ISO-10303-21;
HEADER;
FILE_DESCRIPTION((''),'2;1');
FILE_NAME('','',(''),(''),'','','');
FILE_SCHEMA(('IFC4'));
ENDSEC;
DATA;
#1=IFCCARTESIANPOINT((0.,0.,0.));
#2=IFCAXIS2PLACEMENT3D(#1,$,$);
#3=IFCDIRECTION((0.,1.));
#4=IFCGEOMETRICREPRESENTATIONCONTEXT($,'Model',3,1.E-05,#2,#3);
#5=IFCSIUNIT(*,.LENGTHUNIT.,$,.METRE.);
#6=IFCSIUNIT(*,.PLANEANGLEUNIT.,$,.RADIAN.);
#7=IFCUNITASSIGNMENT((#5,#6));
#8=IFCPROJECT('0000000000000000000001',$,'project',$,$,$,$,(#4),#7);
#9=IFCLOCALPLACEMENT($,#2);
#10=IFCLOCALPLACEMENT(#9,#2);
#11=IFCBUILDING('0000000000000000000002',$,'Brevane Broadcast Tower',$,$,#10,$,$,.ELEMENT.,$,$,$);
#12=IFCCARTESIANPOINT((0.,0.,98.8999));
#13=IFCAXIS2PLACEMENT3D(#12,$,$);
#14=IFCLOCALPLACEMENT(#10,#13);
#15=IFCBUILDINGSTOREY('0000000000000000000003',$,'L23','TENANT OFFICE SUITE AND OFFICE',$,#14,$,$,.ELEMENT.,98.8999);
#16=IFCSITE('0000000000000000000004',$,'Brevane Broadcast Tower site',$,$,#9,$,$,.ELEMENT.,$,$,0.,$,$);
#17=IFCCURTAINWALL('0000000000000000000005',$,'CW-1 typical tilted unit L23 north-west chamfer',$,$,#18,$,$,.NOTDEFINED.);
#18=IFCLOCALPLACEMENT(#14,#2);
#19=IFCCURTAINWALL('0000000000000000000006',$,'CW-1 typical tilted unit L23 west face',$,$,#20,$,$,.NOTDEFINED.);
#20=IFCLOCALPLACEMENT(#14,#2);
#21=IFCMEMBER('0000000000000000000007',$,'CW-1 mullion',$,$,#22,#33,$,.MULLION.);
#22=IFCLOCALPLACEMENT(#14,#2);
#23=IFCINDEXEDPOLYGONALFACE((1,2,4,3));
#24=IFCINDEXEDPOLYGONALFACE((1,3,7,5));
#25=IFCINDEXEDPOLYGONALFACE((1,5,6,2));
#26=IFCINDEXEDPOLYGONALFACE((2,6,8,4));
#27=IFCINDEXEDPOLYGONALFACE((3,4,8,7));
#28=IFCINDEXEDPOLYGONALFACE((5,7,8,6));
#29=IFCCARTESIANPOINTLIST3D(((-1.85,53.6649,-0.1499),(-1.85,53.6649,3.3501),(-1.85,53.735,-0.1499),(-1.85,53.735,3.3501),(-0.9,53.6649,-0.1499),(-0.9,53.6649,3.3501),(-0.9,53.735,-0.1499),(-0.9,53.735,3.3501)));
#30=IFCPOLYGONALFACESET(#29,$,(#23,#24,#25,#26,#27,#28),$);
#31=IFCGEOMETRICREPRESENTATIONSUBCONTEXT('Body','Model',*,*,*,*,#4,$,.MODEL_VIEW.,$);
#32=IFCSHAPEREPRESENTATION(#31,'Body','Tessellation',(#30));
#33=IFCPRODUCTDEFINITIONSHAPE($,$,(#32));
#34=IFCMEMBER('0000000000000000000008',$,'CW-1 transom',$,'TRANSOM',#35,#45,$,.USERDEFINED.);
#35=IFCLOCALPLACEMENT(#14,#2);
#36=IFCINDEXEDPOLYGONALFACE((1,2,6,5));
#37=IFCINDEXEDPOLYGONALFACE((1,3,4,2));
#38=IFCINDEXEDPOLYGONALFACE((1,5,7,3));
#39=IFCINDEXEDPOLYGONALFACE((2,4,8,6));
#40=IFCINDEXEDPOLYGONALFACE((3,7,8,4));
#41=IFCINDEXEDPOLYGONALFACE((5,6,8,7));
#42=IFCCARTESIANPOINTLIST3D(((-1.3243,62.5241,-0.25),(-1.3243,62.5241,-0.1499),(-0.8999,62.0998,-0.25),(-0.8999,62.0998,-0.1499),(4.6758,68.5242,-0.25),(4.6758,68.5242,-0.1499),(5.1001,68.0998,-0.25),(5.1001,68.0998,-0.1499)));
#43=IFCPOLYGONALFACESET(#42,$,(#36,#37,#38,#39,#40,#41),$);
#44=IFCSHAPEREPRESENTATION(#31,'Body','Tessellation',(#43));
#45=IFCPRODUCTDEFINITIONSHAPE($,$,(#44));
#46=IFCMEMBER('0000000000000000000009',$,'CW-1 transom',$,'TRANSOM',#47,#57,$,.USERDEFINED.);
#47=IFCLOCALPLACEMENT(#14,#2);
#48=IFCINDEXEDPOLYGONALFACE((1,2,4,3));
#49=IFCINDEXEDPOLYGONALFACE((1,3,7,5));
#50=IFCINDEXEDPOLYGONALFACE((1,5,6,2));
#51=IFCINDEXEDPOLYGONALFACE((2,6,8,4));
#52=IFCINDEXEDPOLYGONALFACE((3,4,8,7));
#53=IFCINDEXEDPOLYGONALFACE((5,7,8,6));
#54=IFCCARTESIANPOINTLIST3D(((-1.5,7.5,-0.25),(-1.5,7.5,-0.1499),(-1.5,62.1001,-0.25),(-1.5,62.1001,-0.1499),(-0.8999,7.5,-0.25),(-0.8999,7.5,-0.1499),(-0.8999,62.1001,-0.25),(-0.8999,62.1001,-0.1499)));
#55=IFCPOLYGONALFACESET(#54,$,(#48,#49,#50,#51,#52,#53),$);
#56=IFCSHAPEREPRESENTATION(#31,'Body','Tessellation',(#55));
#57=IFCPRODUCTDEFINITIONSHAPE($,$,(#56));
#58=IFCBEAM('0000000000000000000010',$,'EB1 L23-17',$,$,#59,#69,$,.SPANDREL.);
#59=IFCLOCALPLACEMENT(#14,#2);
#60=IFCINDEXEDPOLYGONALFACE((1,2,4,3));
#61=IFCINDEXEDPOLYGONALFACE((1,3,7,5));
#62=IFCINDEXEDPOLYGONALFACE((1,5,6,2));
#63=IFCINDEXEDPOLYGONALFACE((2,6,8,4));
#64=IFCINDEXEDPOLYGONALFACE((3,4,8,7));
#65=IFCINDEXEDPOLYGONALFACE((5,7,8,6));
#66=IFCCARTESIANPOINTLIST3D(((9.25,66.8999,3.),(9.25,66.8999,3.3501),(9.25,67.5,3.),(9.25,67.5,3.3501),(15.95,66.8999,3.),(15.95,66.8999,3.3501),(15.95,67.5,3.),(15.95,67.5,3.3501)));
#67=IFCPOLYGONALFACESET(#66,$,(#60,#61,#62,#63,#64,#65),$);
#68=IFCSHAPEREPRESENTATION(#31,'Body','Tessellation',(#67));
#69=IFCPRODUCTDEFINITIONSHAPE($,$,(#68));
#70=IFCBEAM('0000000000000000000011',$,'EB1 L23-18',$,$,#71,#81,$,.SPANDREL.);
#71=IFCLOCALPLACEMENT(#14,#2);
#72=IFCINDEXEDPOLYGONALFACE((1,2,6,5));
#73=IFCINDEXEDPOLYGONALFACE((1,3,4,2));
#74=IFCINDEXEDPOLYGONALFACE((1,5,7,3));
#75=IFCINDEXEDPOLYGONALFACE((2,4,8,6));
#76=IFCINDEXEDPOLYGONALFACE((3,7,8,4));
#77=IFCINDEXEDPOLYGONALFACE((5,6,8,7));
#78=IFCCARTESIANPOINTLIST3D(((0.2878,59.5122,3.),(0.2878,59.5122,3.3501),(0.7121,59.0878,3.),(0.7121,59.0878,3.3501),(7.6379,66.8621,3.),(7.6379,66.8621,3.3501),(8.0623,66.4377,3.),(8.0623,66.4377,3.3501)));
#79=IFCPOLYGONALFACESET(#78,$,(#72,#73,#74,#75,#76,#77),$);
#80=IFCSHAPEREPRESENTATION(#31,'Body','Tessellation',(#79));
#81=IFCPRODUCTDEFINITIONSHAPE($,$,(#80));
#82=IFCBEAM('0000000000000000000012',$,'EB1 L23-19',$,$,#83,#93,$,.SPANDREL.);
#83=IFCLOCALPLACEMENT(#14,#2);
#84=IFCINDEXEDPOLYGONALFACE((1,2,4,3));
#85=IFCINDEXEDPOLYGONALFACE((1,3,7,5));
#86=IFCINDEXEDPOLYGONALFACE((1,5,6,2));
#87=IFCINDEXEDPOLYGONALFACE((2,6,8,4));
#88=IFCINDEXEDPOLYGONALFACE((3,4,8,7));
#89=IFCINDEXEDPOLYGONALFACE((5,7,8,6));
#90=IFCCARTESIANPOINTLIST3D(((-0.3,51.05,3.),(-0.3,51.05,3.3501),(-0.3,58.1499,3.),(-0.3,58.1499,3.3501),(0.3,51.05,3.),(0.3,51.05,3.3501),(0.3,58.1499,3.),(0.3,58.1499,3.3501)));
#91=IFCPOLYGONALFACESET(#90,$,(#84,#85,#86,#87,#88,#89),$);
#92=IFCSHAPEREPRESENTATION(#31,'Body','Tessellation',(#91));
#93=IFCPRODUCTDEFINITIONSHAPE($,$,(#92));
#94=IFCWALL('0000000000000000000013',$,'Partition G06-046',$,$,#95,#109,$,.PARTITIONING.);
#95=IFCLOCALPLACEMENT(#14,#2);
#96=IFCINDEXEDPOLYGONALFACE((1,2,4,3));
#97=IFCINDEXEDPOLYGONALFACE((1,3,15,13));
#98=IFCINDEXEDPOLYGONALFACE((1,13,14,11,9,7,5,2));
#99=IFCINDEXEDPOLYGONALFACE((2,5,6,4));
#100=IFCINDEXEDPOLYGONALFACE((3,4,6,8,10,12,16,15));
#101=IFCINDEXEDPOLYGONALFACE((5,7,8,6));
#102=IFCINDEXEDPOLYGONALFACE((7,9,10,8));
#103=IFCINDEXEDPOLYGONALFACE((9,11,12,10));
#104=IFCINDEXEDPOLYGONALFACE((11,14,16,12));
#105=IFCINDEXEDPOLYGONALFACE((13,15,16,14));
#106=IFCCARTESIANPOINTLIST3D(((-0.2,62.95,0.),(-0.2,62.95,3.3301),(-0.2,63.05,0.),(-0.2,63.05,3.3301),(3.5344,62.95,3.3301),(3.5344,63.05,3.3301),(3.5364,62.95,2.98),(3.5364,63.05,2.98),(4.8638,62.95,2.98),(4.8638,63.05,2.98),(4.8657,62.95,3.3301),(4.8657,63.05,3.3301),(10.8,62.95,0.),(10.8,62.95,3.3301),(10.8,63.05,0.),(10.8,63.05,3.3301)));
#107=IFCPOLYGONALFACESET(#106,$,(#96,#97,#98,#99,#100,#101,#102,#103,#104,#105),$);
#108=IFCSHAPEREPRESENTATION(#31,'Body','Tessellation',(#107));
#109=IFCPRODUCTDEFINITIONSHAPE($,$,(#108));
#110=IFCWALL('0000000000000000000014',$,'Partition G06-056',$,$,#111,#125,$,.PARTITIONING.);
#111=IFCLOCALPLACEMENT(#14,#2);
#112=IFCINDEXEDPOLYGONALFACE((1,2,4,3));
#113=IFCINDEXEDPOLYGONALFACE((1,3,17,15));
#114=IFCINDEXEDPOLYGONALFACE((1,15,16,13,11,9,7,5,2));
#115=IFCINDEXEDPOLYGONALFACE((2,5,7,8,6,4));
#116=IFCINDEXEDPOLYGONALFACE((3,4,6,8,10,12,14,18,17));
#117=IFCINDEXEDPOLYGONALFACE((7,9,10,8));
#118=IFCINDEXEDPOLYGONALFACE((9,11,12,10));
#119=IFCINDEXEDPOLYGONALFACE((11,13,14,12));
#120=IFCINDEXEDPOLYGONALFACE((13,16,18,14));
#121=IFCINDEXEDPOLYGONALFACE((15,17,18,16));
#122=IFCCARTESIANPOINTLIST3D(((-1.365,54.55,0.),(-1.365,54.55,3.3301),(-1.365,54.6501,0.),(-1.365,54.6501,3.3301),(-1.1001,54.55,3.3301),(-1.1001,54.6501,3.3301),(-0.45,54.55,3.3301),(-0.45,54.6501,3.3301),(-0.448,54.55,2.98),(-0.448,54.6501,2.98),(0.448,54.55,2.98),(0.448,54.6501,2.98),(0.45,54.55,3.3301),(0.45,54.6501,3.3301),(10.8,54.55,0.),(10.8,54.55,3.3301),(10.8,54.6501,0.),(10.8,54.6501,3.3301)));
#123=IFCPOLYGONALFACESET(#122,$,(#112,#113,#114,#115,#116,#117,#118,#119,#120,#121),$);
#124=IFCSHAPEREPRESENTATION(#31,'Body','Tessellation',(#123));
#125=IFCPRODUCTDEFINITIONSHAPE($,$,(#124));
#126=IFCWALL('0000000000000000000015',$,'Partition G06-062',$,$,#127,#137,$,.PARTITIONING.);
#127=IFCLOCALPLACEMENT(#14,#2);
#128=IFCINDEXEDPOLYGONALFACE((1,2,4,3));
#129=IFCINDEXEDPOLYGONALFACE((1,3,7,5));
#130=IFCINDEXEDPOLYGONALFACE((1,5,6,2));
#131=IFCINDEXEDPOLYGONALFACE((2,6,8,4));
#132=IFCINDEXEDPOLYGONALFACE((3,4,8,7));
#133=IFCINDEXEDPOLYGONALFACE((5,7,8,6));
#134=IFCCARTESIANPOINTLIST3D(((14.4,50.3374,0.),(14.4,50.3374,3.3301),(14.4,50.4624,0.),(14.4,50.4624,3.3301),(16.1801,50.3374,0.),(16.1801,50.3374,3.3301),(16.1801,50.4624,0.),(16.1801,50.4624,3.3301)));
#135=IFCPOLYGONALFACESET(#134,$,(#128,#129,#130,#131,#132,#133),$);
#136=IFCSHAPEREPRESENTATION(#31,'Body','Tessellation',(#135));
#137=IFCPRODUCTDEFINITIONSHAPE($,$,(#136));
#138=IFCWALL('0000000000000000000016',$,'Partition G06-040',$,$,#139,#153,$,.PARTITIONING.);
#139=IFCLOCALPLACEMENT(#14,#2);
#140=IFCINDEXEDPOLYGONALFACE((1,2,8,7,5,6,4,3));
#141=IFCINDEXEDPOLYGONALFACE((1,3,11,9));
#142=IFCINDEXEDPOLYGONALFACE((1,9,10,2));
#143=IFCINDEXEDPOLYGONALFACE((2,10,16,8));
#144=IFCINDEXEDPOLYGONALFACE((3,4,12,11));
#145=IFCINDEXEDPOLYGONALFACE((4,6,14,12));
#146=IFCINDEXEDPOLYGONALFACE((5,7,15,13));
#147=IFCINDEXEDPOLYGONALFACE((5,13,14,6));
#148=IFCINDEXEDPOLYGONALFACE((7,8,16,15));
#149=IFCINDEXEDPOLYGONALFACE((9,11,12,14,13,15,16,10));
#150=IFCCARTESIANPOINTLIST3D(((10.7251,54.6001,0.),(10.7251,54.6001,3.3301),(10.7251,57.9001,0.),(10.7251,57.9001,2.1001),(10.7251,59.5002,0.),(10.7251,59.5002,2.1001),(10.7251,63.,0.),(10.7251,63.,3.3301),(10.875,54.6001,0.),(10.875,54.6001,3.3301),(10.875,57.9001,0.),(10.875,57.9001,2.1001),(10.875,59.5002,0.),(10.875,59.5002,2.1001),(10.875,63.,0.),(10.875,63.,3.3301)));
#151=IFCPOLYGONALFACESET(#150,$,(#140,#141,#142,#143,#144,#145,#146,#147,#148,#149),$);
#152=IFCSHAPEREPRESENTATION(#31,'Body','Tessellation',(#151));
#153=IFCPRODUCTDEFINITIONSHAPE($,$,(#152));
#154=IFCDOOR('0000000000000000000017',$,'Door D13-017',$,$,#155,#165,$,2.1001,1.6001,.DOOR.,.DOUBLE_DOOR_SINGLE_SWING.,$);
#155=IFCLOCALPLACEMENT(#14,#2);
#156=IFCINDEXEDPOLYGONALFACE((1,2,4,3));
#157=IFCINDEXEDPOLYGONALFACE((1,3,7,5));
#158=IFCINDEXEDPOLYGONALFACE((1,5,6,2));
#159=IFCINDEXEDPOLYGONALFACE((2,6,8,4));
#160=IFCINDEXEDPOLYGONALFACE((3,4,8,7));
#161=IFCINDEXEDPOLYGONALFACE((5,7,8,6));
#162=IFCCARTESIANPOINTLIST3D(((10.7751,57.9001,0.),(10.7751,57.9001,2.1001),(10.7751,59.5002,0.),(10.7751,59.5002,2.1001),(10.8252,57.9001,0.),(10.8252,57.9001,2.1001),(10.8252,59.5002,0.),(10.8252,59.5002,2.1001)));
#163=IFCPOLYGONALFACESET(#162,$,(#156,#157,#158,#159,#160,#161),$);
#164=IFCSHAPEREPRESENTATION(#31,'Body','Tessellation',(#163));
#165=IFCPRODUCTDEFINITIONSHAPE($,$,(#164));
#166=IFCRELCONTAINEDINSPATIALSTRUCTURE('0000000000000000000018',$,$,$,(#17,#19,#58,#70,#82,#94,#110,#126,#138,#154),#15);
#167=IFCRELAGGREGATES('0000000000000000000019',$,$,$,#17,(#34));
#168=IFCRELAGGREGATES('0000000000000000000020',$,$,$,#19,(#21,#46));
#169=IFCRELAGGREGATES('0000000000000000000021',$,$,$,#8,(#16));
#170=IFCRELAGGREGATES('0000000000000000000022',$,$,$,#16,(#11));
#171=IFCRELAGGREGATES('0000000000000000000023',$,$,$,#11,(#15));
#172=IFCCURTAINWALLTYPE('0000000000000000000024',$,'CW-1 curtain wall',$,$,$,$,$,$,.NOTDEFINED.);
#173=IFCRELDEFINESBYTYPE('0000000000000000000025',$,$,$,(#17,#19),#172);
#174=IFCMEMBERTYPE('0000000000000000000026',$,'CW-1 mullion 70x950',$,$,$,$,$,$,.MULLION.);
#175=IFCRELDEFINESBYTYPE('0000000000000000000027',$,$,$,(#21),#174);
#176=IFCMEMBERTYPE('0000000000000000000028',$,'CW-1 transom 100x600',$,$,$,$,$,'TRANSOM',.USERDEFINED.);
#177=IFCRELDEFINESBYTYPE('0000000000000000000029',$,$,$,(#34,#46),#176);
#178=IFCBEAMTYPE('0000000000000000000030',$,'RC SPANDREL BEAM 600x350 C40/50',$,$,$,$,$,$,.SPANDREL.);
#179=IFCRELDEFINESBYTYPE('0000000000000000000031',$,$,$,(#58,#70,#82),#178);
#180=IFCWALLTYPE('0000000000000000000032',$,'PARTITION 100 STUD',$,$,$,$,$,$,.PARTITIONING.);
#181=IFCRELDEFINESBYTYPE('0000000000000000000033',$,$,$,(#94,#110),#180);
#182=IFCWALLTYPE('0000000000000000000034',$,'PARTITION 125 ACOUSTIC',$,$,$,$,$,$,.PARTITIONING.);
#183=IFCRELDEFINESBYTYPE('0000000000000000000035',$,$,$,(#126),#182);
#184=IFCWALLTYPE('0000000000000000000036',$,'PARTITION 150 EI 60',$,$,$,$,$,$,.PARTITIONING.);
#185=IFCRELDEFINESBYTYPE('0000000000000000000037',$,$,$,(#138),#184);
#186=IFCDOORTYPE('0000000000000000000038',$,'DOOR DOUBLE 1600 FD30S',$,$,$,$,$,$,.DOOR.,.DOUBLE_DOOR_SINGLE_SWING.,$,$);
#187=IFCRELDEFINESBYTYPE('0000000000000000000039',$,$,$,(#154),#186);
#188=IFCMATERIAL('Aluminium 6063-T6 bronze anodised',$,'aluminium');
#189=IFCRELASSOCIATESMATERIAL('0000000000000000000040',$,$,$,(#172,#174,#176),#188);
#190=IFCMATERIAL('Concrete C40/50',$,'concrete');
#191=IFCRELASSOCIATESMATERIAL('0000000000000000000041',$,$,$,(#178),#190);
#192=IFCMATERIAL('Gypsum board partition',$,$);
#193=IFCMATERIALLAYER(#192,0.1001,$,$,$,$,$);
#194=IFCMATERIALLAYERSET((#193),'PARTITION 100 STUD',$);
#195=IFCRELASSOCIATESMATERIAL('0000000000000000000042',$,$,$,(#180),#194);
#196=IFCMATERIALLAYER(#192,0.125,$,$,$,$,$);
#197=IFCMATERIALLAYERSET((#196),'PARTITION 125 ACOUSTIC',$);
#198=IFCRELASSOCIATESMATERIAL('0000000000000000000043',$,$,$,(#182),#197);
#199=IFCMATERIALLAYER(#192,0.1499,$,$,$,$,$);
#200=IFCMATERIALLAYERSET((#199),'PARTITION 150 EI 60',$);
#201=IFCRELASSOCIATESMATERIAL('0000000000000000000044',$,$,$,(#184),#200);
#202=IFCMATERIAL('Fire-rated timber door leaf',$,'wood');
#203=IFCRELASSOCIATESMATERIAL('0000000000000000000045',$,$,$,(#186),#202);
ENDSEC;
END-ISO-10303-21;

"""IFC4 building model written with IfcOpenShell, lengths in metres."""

from ifc_helpers import new_model, si_unit, direction, frame, frame_2d, origin, origin_2d, place, context, subcontext, project, spatial, polyline, rectangle, outline, extrude, material, layer, layer_set, material_profile, profile_set, type_object, element, fill, aggregate, save


model = new_model("IFC4")

# Units and contexts
model_context = context("Model", 3, precision=1e-05, world=origin(), true_north=direction((0.0, 1.0)))
body_context = subcontext(model_context, "Body", "Model", "MODEL_VIEW")
ifc_project = project(units=[si_unit("LENGTHUNIT", "METRE"), si_unit("PLANEANGLEUNIT", "RADIAN")], contexts=[model_context])

# Site, building, storey
site_placement = place(None, origin())
site = spatial("IfcSite", under=ifc_project, at=site_placement, Name="Brevane Broadcast Tower site", CompositionType="ELEMENT", RefElevation=0.0)
building_placement = place(site_placement, origin())
building = spatial("IfcBuilding", under=site, at=building_placement, Name="Brevane Broadcast Tower", CompositionType="ELEMENT")
storey_placement = place(building_placement, frame((0.0, 0.0, 98.8999)))
storey = spatial("IfcBuildingStorey", under=building, at=storey_placement, Name="L23", Description="TENANT OFFICE SUITE AND OFFICE", CompositionType="ELEMENT", Elevation=98.8999)

# Curtain walls, member
ifc_material_1 = material(Name="Aluminium 6063-T6 bronze anodised", Category="aluminium")
curtain_wall_type = type_object("IfcCurtainWallType", Name="CW-1 curtain wall", PredefinedType="NOTDEFINED", material=ifc_material_1)
ifc_material_profile_1 = material_profile(ifc_material_1, rectangle(XDim=0.95, YDim=0.0701, at=origin_2d()), Name="RECT 70x950")
ifc_profile_set_1 = profile_set([ifc_material_profile_1], Name="Aluminium 6063-T6 bronze anodised")
member_type_1 = type_object("IfcMemberType", Name="CW-1 mullion 70x950", PredefinedType="MULLION", material=ifc_profile_set_1)
curtain_wall_1_placement = place(storey_placement, origin())
curtain_wall_1 = element("IfcCurtainWall", 1, at=curtain_wall_1_placement, inside=storey, type_object=curtain_wall_type, Name="CW-1 typical tilted unit L23 north-west chamfer", PredefinedType="NOTDEFINED")
curtain_wall_2_placement = place(storey_placement, origin())
curtain_wall_2 = element("IfcCurtainWall", 2, at=curtain_wall_2_placement, inside=storey, type_object=curtain_wall_type, Name="CW-1 typical tilted unit L23 west face", PredefinedType="NOTDEFINED")
member_1_placement = place(storey_placement, frame((-1.375, 53.7, -0.1499), z_axis=(0.0, 0.0, 1.0), x_axis=(1.0, 0.0, 0.0)))
member_1 = element("IfcMember", 3, at=member_1_placement, type_object=member_type_1, Name="CW-1 mullion", PredefinedType="MULLION", context=body_context, shape_type="SweptSolid", body=[
    extrude(rectangle(XDim=0.95, YDim=0.0701, at=origin_2d()), origin(), (0.0, 0.0, 1.0), 3.5),
])

# Members
ifc_material_profile_2 = material_profile(ifc_material_1, rectangle(XDim=0.6001, YDim=0.1001, at=origin_2d()), Name="RECT 100x600")
ifc_profile_set_2 = profile_set([ifc_material_profile_2], Name="Aluminium 6063-T6 bronze anodised")
member_type_2 = type_object("IfcMemberType", Name="CW-1 transom 100x600", ElementType="TRANSOM", PredefinedType="USERDEFINED", material=ifc_profile_set_2)
member_2_placement = place(storey_placement, frame((4.8879, 68.312, -0.2), z_axis=(-0.707107, -0.707107, 0.0), x_axis=(0.707107, -0.707107, 0.0)))
member_2 = element("IfcMember", 4, at=member_2_placement, type_object=member_type_2, Name="CW-1 transom", ObjectType="TRANSOM", PredefinedType="USERDEFINED", context=body_context, shape_type="SweptSolid", body=[
    extrude(rectangle(XDim=0.6001, YDim=0.1001, at=origin_2d()), origin(), (0.0, 0.0, 1.0), 8.4854),
])
aggregate(curtain_wall_1, [member_2])
member_3_placement = place(storey_placement, frame((-1.2, 62.1001, -0.2), z_axis=(0.0, -1.0, 0.0), x_axis=(1.0, 0.0, 0.0)))
member_3 = element("IfcMember", 5, at=member_3_placement, type_object=member_type_2, Name="CW-1 transom", ObjectType="TRANSOM", PredefinedType="USERDEFINED", context=body_context, shape_type="SweptSolid", body=[
    extrude(rectangle(XDim=0.6001, YDim=0.1001, at=origin_2d()), origin(), (0.0, 0.0, 1.0), 54.6001),
])
aggregate(curtain_wall_2, [member_1, member_3])

# Beams
ifc_material_2 = material(Name="Concrete C40/50", Category="concrete")
ifc_material_profile_3 = material_profile(ifc_material_2, rectangle(XDim=0.6001, YDim=0.3501, at=origin_2d()), Name="RC 600x350")
ifc_profile_set_3 = profile_set([ifc_material_profile_3], Name="Concrete C40/50")
beam_type = type_object("IfcBeamType", Name="RC SPANDREL BEAM 600x350 C40/50", PredefinedType="SPANDREL", material=ifc_profile_set_3)
beam_1_placement = place(storey_placement, frame((15.95, 67.2, 3.175), z_axis=(-1.0, 0.0, 0.0), x_axis=(0.0, -1.0, 0.0)))
element("IfcBeam", 6, at=beam_1_placement, inside=storey, type_object=beam_type, Name="EB1 L23-17", PredefinedType="SPANDREL", context=body_context, shape_type="SweptSolid", body=[
    extrude(rectangle(XDim=0.6001, YDim=0.3501, at=origin_2d()), origin(), (0.0, 0.0, 1.0), 6.7),
])
beam_2_placement = place(storey_placement, frame((7.8501, 66.6499, 3.175), z_axis=(-0.707119, -0.707095, 0.0), x_axis=(0.707095, -0.707119, 0.0)))
element("IfcBeam", 7, at=beam_2_placement, inside=storey, type_object=beam_type, Name="EB1 L23-18", PredefinedType="SPANDREL", context=body_context, shape_type="SweptSolid", body=[
    extrude(rectangle(XDim=0.6001, YDim=0.3501, at=origin_2d()), origin(), (0.0, 0.0, 1.0), 10.3945),
])
beam_3_placement = place(storey_placement, frame((0.0, 58.1499, 3.175), z_axis=(0.0, -1.0, 0.0), x_axis=(1.0, 0.0, 0.0)))
element("IfcBeam", 8, at=beam_3_placement, inside=storey, type_object=beam_type, Name="EB1 L23-19", PredefinedType="SPANDREL", context=body_context, shape_type="SweptSolid", body=[
    extrude(rectangle(XDim=0.6001, YDim=0.3501, at=origin_2d()), origin(), (0.0, 0.0, 1.0), 7.0999),
])

# Walls
ifc_material_3 = material(Name="Gypsum board partition")
ifc_layer_1 = layer(ifc_material_3, 0.1001)
ifc_layer_set_1 = layer_set([ifc_layer_1], Name="PARTITION 100 STUD")
wall_type_1 = type_object("IfcWallType", Name="PARTITION 100 STUD", PredefinedType="PARTITIONING", material=ifc_layer_set_1)
wall_1_placement = place(storey_placement, frame((10.8, 63.0, 0.0), z_axis=(0.0, 0.0, 1.0), x_axis=(-1.0, 0.0, 0.0)))
element("IfcWall", 9, at=wall_1_placement, inside=storey, type_object=wall_type_1, Name="Partition G06-046", PredefinedType="PARTITIONING", context=body_context, shape_type="SweptSolid", body=[
    extrude(outline(polyline([(0.0, 0.0), (11.0, 0.0), (11.0, 3.3301), (7.2656, 3.3301), (7.2637, 2.98), (5.9363, 2.98), (5.9343, 3.3301), (0.0, 3.3301), (0.0, 0.0)])), frame((0.0, 0.05, 0.0), z_axis=(0.0, -1.0, 0.0), x_axis=(1.0, 0.0, 0.0)), (0.0, 0.0, 1.0), 0.1001),
])
wall_2_placement = place(storey_placement, frame((-1.365, 54.6001, 0.0), z_axis=(0.0, 0.0, 1.0), x_axis=(1.0, 0.0, 0.0)))
element("IfcWall", 10, at=wall_2_placement, inside=storey, type_object=wall_type_1, Name="Partition G06-056", PredefinedType="PARTITIONING", context=body_context, shape_type="SweptSolid", body=[
    extrude(outline(polyline([(0.0, 0.0), (12.165, 0.0), (12.165, 3.3301), (1.8149, 3.3301), (1.813, 2.98), (0.917, 2.98), (0.915, 3.3301), (0.2649, 3.3301), (0.0, 3.3301), (0.0, 0.0)])), frame((0.0, 0.05, 0.0), z_axis=(0.0, -1.0, 0.0), x_axis=(1.0, 0.0, 0.0)), (0.0, 0.0, 1.0), 0.1001),
])
ifc_layer_2 = layer(ifc_material_3, 0.125)
ifc_layer_set_2 = layer_set([ifc_layer_2], Name="PARTITION 125 ACOUSTIC")
wall_type_2 = type_object("IfcWallType", Name="PARTITION 125 ACOUSTIC", PredefinedType="PARTITIONING", material=ifc_layer_set_2)
wall_3_placement = place(storey_placement, frame((14.3999, 50.3999, 0.0), z_axis=(0.0, 0.0, 1.0), x_axis=(1.0, 0.0, 0.0)))
element("IfcWall", 11, at=wall_3_placement, inside=storey, type_object=wall_type_2, Name="Partition G06-062", PredefinedType="PARTITIONING", context=body_context, shape_type="SweptSolid", body=[
    extrude(rectangle(XDim=1.78, YDim=0.125, at=frame_2d((0.8901, 0.0))), origin(), (0.0, 0.0, 1.0), 3.3301),
])

# Wall, opening, door
ifc_layer_3 = layer(ifc_material_3, 0.1499)
ifc_layer_set_3 = layer_set([ifc_layer_3], Name="PARTITION 150 EI 60")
wall_type_3 = type_object("IfcWallType", Name="PARTITION 150 EI 60", PredefinedType="PARTITIONING", material=ifc_layer_set_3)
ifc_material_4 = material(Name="Fire-rated timber door leaf", Category="wood")
wall_4_placement = place(storey_placement, frame((10.8, 54.6001, 0.0), z_axis=(0.0, 0.0, 1.0), x_axis=(0.0, 1.0, 0.0)))
wall_4 = element("IfcWall", 12, at=wall_4_placement, inside=storey, type_object=wall_type_3, Name="Partition G06-040", PredefinedType="PARTITIONING", context=body_context, shape_type="SweptSolid", body=[
    extrude(rectangle(XDim=8.3999, YDim=0.1499, at=frame_2d((4.2, 0.0))), origin(), (0.0, 0.0, 1.0), 3.3301),
])
opening_1_placement = place(wall_4_placement, frame((3.3, 0.0, 0.0)))
opening_1 = element("IfcOpeningElement", 13, at=opening_1_placement, cuts=wall_4, PredefinedType="OPENING", context=body_context, shape_type="SweptSolid", body=[
    extrude(rectangle(XDim=1.6001, YDim=2.1001, at=frame_2d((0.8, 1.05))), frame((0.0, 0.085, 0.0), z_axis=(0.0, -1.0, 0.0), x_axis=(1.0, 0.0, 0.0)), (0.0, 0.0, 1.0), 0.1699),
])
door_type_1 = type_object("IfcDoorType", Name="DOOR DOUBLE 1600 FD30S", OperationType="DOUBLE_DOOR_SINGLE_SWING", PredefinedType="DOOR", material=ifc_material_4)
door_1_placement = place(opening_1_placement, origin())
door_1 = element("IfcDoor", 14, at=door_1_placement, inside=storey, type_object=door_type_1, Name="Door D13-017", OperationType="DOUBLE_DOOR_SINGLE_SWING", OverallHeight=2.1001, OverallWidth=1.6001, PredefinedType="DOOR", context=body_context, shape_type="SweptSolid", body=[
    extrude(rectangle(XDim=1.6001, YDim=2.1001, at=frame_2d((0.8, 1.05))), frame((0.0, 0.0249, 0.0), z_axis=(0.0, -1.0, 0.0), x_axis=(1.0, 0.0, 0.0)), (0.0, 0.0, 1.0), 0.05),
])
fill(opening_1, door_1)

save(model, "model.ifc")
